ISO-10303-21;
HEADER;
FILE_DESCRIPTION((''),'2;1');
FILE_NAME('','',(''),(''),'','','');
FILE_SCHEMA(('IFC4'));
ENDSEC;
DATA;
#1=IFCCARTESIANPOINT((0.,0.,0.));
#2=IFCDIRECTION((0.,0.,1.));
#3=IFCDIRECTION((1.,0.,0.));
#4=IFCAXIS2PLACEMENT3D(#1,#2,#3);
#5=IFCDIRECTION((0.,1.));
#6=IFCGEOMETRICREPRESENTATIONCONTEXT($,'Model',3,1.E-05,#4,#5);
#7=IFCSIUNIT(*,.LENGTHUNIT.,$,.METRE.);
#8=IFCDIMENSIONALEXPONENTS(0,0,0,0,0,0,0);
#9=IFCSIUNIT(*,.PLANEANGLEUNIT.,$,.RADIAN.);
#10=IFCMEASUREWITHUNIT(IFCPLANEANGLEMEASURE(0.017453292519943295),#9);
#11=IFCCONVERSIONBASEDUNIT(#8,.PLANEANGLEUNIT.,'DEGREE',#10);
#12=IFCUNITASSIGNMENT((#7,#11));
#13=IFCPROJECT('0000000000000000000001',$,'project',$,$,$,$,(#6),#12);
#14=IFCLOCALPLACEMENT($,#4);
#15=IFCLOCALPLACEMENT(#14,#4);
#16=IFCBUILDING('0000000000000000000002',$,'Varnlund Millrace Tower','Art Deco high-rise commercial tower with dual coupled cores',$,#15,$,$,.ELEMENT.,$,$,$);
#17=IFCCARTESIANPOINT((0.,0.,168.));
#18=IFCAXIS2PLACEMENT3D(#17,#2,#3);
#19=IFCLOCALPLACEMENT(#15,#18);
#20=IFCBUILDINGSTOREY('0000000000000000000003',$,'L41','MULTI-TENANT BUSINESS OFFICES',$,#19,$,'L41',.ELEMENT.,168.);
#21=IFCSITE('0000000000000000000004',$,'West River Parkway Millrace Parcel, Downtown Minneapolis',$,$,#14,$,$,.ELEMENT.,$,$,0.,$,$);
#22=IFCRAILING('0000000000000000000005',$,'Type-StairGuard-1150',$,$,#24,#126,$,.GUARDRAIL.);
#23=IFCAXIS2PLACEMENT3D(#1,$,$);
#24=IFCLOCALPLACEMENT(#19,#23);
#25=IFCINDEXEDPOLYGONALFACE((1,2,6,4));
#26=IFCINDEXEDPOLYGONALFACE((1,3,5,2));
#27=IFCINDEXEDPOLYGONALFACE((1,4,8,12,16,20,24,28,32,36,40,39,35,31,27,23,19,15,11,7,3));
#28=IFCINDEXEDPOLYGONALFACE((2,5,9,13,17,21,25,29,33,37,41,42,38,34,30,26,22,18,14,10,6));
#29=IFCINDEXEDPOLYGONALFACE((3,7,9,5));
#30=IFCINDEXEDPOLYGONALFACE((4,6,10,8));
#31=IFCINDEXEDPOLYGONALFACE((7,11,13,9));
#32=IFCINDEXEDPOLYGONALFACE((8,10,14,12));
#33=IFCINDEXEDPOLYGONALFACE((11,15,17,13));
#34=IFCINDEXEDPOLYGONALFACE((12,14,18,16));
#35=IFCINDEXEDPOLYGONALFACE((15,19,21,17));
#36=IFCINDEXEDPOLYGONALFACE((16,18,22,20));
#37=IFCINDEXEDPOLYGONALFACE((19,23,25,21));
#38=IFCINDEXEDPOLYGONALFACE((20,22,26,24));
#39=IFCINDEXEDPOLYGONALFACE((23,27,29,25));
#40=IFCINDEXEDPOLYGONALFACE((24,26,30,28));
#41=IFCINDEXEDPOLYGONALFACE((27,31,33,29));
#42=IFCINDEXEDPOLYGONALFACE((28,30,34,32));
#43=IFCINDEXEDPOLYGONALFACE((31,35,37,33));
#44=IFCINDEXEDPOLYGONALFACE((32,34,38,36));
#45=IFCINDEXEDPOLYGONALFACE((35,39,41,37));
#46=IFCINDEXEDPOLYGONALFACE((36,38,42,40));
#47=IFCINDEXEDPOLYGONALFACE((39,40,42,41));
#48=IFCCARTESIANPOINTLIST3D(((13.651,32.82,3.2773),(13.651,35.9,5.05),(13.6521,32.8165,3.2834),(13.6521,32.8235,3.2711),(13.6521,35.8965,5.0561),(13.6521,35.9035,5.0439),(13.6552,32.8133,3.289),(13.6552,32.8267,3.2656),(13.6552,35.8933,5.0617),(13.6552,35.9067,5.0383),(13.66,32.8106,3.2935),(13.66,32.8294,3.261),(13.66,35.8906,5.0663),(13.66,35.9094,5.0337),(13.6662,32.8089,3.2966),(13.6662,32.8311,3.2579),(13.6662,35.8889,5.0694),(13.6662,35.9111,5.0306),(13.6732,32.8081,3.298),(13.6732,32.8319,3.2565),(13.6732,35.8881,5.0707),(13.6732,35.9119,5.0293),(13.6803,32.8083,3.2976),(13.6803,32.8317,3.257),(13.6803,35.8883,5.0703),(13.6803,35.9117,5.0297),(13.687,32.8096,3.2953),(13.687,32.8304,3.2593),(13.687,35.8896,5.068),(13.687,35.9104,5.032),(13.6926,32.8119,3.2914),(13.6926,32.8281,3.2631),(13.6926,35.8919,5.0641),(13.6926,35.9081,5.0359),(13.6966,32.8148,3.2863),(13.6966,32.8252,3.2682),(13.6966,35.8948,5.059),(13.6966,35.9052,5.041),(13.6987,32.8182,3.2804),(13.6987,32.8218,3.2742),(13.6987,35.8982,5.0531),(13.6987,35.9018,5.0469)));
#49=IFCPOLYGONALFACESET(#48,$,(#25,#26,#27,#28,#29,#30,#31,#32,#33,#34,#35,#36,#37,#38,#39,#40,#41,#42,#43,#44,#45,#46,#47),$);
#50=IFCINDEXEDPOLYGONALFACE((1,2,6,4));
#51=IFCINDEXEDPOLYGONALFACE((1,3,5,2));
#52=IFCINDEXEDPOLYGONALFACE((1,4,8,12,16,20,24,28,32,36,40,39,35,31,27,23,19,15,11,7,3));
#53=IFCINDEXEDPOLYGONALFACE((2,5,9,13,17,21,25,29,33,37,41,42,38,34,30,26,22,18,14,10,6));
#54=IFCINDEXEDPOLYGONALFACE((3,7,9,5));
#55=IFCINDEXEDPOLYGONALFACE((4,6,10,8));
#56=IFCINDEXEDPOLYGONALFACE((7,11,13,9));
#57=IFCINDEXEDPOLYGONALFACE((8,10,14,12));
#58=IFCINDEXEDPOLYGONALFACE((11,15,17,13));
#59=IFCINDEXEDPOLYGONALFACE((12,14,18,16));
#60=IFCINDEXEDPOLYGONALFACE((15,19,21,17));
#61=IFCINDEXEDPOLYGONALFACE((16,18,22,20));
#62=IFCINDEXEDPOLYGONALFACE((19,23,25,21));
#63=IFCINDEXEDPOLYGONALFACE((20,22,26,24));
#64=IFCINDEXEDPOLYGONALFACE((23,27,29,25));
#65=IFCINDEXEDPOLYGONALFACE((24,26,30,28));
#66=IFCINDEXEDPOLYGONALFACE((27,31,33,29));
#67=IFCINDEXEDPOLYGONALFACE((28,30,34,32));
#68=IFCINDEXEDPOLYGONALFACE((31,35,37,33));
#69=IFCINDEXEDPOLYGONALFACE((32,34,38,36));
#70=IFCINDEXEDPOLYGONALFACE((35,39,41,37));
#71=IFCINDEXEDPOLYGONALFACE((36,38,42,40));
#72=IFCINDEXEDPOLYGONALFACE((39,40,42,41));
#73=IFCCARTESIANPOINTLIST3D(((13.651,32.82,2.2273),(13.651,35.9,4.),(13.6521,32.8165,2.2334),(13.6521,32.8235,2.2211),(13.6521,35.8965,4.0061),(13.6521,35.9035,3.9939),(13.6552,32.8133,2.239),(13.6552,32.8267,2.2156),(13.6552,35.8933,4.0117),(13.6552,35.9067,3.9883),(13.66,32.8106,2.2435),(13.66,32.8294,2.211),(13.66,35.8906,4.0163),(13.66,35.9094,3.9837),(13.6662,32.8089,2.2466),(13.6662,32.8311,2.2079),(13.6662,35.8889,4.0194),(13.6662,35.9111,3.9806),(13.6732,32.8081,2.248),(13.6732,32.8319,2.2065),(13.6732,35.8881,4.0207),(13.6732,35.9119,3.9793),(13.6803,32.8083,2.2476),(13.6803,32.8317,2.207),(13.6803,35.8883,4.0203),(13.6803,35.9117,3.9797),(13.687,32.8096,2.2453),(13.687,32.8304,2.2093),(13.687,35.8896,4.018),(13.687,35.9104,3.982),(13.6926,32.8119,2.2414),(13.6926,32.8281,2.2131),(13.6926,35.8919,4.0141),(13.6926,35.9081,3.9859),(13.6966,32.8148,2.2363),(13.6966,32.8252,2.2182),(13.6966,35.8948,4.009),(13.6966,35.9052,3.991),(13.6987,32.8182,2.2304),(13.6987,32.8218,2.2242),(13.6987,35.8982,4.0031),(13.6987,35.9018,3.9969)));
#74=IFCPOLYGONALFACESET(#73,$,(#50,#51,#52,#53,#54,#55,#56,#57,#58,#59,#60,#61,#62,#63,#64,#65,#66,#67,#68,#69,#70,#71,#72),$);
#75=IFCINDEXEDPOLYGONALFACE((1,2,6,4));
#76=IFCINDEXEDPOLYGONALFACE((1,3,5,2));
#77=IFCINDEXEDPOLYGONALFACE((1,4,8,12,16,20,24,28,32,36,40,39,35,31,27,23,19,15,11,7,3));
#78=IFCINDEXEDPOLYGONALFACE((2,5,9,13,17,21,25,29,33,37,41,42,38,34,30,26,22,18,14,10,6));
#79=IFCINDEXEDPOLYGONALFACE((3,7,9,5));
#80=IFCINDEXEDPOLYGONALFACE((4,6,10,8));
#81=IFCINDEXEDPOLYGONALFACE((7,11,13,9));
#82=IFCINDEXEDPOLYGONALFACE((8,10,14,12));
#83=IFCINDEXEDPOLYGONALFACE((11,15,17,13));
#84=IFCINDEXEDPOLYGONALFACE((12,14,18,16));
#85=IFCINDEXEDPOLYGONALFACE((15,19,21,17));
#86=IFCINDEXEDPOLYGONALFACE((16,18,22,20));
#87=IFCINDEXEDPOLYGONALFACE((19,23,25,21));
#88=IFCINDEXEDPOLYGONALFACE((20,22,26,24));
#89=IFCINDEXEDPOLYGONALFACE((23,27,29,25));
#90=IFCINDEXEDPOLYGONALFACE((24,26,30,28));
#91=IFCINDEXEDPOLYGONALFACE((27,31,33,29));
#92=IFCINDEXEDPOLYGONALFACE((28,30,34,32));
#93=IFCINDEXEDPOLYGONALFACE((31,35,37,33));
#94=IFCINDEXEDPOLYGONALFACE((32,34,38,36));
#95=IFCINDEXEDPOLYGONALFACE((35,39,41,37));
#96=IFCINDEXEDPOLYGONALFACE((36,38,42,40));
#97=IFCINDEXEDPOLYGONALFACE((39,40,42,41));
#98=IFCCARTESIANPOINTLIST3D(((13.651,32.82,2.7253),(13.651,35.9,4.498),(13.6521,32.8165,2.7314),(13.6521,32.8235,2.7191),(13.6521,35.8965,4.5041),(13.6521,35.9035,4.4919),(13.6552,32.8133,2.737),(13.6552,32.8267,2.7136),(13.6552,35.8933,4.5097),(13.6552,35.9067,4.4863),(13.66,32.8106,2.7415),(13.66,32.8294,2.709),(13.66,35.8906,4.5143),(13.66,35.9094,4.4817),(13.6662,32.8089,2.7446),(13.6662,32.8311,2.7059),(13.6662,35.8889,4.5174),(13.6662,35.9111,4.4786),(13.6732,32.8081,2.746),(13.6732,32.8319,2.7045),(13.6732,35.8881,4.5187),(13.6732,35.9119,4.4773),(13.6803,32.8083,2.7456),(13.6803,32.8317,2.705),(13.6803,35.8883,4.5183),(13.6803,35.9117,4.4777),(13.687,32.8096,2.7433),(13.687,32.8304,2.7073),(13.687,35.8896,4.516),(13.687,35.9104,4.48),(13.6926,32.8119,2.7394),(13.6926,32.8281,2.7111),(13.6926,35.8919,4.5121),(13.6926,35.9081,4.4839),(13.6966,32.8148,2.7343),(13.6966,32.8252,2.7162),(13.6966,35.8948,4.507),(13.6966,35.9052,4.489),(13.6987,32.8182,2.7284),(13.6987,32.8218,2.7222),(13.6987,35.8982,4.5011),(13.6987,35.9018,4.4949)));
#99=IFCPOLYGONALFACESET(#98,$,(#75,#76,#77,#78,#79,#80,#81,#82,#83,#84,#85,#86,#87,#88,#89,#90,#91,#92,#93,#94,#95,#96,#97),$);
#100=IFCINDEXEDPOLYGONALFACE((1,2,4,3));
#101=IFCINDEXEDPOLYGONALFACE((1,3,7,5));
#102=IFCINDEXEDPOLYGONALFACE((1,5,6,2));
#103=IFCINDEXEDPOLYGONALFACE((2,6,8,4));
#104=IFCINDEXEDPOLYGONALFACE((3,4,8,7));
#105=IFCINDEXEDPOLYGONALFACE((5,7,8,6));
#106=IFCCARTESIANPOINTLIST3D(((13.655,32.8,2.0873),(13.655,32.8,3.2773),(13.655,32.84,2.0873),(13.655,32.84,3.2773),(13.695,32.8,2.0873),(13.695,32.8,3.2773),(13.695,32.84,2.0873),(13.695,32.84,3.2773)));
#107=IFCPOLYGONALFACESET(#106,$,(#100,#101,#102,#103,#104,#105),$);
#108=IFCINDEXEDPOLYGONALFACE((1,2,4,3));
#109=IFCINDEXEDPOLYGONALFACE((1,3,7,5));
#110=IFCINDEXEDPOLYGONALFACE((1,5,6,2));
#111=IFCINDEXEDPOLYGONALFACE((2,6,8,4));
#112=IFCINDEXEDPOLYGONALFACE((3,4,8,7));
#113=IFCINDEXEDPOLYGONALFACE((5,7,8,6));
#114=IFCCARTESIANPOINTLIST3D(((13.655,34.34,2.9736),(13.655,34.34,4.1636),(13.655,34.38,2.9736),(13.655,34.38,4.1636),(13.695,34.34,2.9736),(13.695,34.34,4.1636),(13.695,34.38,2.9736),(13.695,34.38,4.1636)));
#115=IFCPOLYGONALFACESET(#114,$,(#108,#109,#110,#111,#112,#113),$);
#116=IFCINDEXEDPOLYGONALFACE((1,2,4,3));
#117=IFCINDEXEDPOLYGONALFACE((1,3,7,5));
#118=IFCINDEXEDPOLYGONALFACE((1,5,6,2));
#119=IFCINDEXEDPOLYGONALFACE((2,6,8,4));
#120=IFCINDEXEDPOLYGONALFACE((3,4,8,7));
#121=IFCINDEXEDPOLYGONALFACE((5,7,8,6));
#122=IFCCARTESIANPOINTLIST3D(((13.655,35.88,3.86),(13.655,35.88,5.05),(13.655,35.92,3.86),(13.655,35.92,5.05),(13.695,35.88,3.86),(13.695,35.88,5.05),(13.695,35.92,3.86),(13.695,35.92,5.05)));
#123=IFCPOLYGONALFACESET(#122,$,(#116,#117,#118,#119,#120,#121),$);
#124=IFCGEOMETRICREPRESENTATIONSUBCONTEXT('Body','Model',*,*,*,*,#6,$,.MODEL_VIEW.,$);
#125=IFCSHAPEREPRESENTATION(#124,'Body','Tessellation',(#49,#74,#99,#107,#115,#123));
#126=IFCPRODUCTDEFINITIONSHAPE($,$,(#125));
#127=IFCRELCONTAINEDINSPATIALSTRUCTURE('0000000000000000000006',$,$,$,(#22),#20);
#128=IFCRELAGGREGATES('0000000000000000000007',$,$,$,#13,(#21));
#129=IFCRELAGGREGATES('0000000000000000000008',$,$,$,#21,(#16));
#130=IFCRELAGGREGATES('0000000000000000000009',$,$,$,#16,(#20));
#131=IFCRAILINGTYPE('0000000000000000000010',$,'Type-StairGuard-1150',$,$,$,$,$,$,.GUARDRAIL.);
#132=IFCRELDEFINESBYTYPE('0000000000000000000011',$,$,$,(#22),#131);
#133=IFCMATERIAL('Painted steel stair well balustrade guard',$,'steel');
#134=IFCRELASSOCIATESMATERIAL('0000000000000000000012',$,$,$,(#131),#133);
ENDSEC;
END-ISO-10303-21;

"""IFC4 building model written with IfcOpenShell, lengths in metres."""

from ifc_helpers import new_model, entity, si_unit, converted_unit, direction, frame, origin_with_axes, origin_2d_with_axis, place, context, subcontext, project, spatial, rectangle, circle, extrude, material, type_object, element, save


model = new_model("IFC4")

# Units and contexts
model_context = context("Model", 3, precision=1e-05, world=origin_with_axes(), true_north=direction((0.0, 1.0)))
body_context = subcontext(model_context, "Body", "Model", "MODEL_VIEW")
ifc_project = project(units=[si_unit("LENGTHUNIT", "METRE"), converted_unit("PLANEANGLEUNIT", "DEGREE", entity("IfcPlaneAngleMeasure", 0.017453292519943295), si_unit("PLANEANGLEUNIT", "RADIAN"), dimensions=[0, 0, 0, 0, 0, 0, 0])], contexts=[model_context])

# Site, building, storey
site_placement = place(None, origin_with_axes())
site = spatial("IfcSite", under=ifc_project, at=site_placement, Name="West River Parkway Millrace Parcel, Downtown Minneapolis", CompositionType="ELEMENT", RefElevation=0.0)
building_placement = place(site_placement, origin_with_axes())
building = spatial("IfcBuilding", under=site, at=building_placement, Name="Varnlund Millrace Tower", Description="Art Deco high-rise commercial tower with dual coupled cores", CompositionType="ELEMENT")
storey_placement = place(building_placement, frame((0.0, 0.0, 168.0), z_axis=(0.0, 0.0, 1.0), x_axis=(1.0, 0.0, 0.0)))
storey = spatial("IfcBuildingStorey", under=building, at=storey_placement, Name="L41", Description="MULTI-TENANT BUSINESS OFFICES", LongName="L41", CompositionType="ELEMENT", Elevation=168.0)

# Railing
ifc_material_1 = material(Name="Painted steel stair well balustrade guard", Category="steel")
railing_type_1 = type_object("IfcRailingType", Name="Type-StairGuard-1150", PredefinedType="GUARDRAIL", material=ifc_material_1)
railing_1_placement = place(storey_placement, frame((0.0, 0.0, -168.0), z_axis=(0.0, 0.0, 1.0), x_axis=(1.0, 0.0, 0.0)))
element("IfcRailing", 1, at=railing_1_placement, inside=storey, type_object=railing_type_1, Name="Type-StairGuard-1150", PredefinedType="GUARDRAIL", context=body_context, shape_type="SweptSolid", body=[
    extrude(circle(Radius=0.024, at=origin_2d_with_axis()), frame((13.675, 32.82, 171.2773), z_axis=(0.0, 0.866696, 0.498836), x_axis=(-1.0, 0.0, 0.0)), (0.0, 0.0, 1.0), 3.5537),
    extrude(circle(Radius=0.024, at=origin_2d_with_axis()), frame((13.675, 32.82, 170.2273), z_axis=(0.0, 0.866696, 0.498836), x_axis=(-1.0, 0.0, 0.0)), (0.0, 0.0, 1.0), 3.5537),
    extrude(circle(Radius=0.024, at=origin_2d_with_axis()), frame((13.675, 32.82, 170.7253), z_axis=(0.0, 0.866696, 0.498836), x_axis=(-1.0, 0.0, 0.0)), (0.0, 0.0, 1.0), 3.5537),
    extrude(rectangle(XDim=0.04, YDim=0.04, at=origin_2d_with_axis()), frame((13.675, 32.82, 170.0873), z_axis=(0.0, 0.0, 1.0), x_axis=(1.0, 0.0, 0.0)), (0.0, 0.0, 1.0), 1.19),
    extrude(rectangle(XDim=0.04, YDim=0.04, at=origin_2d_with_axis()), frame((13.675, 34.36, 170.9736), z_axis=(0.0, 0.0, 1.0), x_axis=(1.0, 0.0, 0.0)), (0.0, 0.0, 1.0), 1.19),
    extrude(rectangle(XDim=0.04, YDim=0.04, at=origin_2d_with_axis()), frame((13.675, 35.9, 171.86), z_axis=(0.0, 0.0, 1.0), x_axis=(1.0, 0.0, 0.0)), (0.0, 0.0, 1.0), 1.19),
])

save(model, "model.ifc")
